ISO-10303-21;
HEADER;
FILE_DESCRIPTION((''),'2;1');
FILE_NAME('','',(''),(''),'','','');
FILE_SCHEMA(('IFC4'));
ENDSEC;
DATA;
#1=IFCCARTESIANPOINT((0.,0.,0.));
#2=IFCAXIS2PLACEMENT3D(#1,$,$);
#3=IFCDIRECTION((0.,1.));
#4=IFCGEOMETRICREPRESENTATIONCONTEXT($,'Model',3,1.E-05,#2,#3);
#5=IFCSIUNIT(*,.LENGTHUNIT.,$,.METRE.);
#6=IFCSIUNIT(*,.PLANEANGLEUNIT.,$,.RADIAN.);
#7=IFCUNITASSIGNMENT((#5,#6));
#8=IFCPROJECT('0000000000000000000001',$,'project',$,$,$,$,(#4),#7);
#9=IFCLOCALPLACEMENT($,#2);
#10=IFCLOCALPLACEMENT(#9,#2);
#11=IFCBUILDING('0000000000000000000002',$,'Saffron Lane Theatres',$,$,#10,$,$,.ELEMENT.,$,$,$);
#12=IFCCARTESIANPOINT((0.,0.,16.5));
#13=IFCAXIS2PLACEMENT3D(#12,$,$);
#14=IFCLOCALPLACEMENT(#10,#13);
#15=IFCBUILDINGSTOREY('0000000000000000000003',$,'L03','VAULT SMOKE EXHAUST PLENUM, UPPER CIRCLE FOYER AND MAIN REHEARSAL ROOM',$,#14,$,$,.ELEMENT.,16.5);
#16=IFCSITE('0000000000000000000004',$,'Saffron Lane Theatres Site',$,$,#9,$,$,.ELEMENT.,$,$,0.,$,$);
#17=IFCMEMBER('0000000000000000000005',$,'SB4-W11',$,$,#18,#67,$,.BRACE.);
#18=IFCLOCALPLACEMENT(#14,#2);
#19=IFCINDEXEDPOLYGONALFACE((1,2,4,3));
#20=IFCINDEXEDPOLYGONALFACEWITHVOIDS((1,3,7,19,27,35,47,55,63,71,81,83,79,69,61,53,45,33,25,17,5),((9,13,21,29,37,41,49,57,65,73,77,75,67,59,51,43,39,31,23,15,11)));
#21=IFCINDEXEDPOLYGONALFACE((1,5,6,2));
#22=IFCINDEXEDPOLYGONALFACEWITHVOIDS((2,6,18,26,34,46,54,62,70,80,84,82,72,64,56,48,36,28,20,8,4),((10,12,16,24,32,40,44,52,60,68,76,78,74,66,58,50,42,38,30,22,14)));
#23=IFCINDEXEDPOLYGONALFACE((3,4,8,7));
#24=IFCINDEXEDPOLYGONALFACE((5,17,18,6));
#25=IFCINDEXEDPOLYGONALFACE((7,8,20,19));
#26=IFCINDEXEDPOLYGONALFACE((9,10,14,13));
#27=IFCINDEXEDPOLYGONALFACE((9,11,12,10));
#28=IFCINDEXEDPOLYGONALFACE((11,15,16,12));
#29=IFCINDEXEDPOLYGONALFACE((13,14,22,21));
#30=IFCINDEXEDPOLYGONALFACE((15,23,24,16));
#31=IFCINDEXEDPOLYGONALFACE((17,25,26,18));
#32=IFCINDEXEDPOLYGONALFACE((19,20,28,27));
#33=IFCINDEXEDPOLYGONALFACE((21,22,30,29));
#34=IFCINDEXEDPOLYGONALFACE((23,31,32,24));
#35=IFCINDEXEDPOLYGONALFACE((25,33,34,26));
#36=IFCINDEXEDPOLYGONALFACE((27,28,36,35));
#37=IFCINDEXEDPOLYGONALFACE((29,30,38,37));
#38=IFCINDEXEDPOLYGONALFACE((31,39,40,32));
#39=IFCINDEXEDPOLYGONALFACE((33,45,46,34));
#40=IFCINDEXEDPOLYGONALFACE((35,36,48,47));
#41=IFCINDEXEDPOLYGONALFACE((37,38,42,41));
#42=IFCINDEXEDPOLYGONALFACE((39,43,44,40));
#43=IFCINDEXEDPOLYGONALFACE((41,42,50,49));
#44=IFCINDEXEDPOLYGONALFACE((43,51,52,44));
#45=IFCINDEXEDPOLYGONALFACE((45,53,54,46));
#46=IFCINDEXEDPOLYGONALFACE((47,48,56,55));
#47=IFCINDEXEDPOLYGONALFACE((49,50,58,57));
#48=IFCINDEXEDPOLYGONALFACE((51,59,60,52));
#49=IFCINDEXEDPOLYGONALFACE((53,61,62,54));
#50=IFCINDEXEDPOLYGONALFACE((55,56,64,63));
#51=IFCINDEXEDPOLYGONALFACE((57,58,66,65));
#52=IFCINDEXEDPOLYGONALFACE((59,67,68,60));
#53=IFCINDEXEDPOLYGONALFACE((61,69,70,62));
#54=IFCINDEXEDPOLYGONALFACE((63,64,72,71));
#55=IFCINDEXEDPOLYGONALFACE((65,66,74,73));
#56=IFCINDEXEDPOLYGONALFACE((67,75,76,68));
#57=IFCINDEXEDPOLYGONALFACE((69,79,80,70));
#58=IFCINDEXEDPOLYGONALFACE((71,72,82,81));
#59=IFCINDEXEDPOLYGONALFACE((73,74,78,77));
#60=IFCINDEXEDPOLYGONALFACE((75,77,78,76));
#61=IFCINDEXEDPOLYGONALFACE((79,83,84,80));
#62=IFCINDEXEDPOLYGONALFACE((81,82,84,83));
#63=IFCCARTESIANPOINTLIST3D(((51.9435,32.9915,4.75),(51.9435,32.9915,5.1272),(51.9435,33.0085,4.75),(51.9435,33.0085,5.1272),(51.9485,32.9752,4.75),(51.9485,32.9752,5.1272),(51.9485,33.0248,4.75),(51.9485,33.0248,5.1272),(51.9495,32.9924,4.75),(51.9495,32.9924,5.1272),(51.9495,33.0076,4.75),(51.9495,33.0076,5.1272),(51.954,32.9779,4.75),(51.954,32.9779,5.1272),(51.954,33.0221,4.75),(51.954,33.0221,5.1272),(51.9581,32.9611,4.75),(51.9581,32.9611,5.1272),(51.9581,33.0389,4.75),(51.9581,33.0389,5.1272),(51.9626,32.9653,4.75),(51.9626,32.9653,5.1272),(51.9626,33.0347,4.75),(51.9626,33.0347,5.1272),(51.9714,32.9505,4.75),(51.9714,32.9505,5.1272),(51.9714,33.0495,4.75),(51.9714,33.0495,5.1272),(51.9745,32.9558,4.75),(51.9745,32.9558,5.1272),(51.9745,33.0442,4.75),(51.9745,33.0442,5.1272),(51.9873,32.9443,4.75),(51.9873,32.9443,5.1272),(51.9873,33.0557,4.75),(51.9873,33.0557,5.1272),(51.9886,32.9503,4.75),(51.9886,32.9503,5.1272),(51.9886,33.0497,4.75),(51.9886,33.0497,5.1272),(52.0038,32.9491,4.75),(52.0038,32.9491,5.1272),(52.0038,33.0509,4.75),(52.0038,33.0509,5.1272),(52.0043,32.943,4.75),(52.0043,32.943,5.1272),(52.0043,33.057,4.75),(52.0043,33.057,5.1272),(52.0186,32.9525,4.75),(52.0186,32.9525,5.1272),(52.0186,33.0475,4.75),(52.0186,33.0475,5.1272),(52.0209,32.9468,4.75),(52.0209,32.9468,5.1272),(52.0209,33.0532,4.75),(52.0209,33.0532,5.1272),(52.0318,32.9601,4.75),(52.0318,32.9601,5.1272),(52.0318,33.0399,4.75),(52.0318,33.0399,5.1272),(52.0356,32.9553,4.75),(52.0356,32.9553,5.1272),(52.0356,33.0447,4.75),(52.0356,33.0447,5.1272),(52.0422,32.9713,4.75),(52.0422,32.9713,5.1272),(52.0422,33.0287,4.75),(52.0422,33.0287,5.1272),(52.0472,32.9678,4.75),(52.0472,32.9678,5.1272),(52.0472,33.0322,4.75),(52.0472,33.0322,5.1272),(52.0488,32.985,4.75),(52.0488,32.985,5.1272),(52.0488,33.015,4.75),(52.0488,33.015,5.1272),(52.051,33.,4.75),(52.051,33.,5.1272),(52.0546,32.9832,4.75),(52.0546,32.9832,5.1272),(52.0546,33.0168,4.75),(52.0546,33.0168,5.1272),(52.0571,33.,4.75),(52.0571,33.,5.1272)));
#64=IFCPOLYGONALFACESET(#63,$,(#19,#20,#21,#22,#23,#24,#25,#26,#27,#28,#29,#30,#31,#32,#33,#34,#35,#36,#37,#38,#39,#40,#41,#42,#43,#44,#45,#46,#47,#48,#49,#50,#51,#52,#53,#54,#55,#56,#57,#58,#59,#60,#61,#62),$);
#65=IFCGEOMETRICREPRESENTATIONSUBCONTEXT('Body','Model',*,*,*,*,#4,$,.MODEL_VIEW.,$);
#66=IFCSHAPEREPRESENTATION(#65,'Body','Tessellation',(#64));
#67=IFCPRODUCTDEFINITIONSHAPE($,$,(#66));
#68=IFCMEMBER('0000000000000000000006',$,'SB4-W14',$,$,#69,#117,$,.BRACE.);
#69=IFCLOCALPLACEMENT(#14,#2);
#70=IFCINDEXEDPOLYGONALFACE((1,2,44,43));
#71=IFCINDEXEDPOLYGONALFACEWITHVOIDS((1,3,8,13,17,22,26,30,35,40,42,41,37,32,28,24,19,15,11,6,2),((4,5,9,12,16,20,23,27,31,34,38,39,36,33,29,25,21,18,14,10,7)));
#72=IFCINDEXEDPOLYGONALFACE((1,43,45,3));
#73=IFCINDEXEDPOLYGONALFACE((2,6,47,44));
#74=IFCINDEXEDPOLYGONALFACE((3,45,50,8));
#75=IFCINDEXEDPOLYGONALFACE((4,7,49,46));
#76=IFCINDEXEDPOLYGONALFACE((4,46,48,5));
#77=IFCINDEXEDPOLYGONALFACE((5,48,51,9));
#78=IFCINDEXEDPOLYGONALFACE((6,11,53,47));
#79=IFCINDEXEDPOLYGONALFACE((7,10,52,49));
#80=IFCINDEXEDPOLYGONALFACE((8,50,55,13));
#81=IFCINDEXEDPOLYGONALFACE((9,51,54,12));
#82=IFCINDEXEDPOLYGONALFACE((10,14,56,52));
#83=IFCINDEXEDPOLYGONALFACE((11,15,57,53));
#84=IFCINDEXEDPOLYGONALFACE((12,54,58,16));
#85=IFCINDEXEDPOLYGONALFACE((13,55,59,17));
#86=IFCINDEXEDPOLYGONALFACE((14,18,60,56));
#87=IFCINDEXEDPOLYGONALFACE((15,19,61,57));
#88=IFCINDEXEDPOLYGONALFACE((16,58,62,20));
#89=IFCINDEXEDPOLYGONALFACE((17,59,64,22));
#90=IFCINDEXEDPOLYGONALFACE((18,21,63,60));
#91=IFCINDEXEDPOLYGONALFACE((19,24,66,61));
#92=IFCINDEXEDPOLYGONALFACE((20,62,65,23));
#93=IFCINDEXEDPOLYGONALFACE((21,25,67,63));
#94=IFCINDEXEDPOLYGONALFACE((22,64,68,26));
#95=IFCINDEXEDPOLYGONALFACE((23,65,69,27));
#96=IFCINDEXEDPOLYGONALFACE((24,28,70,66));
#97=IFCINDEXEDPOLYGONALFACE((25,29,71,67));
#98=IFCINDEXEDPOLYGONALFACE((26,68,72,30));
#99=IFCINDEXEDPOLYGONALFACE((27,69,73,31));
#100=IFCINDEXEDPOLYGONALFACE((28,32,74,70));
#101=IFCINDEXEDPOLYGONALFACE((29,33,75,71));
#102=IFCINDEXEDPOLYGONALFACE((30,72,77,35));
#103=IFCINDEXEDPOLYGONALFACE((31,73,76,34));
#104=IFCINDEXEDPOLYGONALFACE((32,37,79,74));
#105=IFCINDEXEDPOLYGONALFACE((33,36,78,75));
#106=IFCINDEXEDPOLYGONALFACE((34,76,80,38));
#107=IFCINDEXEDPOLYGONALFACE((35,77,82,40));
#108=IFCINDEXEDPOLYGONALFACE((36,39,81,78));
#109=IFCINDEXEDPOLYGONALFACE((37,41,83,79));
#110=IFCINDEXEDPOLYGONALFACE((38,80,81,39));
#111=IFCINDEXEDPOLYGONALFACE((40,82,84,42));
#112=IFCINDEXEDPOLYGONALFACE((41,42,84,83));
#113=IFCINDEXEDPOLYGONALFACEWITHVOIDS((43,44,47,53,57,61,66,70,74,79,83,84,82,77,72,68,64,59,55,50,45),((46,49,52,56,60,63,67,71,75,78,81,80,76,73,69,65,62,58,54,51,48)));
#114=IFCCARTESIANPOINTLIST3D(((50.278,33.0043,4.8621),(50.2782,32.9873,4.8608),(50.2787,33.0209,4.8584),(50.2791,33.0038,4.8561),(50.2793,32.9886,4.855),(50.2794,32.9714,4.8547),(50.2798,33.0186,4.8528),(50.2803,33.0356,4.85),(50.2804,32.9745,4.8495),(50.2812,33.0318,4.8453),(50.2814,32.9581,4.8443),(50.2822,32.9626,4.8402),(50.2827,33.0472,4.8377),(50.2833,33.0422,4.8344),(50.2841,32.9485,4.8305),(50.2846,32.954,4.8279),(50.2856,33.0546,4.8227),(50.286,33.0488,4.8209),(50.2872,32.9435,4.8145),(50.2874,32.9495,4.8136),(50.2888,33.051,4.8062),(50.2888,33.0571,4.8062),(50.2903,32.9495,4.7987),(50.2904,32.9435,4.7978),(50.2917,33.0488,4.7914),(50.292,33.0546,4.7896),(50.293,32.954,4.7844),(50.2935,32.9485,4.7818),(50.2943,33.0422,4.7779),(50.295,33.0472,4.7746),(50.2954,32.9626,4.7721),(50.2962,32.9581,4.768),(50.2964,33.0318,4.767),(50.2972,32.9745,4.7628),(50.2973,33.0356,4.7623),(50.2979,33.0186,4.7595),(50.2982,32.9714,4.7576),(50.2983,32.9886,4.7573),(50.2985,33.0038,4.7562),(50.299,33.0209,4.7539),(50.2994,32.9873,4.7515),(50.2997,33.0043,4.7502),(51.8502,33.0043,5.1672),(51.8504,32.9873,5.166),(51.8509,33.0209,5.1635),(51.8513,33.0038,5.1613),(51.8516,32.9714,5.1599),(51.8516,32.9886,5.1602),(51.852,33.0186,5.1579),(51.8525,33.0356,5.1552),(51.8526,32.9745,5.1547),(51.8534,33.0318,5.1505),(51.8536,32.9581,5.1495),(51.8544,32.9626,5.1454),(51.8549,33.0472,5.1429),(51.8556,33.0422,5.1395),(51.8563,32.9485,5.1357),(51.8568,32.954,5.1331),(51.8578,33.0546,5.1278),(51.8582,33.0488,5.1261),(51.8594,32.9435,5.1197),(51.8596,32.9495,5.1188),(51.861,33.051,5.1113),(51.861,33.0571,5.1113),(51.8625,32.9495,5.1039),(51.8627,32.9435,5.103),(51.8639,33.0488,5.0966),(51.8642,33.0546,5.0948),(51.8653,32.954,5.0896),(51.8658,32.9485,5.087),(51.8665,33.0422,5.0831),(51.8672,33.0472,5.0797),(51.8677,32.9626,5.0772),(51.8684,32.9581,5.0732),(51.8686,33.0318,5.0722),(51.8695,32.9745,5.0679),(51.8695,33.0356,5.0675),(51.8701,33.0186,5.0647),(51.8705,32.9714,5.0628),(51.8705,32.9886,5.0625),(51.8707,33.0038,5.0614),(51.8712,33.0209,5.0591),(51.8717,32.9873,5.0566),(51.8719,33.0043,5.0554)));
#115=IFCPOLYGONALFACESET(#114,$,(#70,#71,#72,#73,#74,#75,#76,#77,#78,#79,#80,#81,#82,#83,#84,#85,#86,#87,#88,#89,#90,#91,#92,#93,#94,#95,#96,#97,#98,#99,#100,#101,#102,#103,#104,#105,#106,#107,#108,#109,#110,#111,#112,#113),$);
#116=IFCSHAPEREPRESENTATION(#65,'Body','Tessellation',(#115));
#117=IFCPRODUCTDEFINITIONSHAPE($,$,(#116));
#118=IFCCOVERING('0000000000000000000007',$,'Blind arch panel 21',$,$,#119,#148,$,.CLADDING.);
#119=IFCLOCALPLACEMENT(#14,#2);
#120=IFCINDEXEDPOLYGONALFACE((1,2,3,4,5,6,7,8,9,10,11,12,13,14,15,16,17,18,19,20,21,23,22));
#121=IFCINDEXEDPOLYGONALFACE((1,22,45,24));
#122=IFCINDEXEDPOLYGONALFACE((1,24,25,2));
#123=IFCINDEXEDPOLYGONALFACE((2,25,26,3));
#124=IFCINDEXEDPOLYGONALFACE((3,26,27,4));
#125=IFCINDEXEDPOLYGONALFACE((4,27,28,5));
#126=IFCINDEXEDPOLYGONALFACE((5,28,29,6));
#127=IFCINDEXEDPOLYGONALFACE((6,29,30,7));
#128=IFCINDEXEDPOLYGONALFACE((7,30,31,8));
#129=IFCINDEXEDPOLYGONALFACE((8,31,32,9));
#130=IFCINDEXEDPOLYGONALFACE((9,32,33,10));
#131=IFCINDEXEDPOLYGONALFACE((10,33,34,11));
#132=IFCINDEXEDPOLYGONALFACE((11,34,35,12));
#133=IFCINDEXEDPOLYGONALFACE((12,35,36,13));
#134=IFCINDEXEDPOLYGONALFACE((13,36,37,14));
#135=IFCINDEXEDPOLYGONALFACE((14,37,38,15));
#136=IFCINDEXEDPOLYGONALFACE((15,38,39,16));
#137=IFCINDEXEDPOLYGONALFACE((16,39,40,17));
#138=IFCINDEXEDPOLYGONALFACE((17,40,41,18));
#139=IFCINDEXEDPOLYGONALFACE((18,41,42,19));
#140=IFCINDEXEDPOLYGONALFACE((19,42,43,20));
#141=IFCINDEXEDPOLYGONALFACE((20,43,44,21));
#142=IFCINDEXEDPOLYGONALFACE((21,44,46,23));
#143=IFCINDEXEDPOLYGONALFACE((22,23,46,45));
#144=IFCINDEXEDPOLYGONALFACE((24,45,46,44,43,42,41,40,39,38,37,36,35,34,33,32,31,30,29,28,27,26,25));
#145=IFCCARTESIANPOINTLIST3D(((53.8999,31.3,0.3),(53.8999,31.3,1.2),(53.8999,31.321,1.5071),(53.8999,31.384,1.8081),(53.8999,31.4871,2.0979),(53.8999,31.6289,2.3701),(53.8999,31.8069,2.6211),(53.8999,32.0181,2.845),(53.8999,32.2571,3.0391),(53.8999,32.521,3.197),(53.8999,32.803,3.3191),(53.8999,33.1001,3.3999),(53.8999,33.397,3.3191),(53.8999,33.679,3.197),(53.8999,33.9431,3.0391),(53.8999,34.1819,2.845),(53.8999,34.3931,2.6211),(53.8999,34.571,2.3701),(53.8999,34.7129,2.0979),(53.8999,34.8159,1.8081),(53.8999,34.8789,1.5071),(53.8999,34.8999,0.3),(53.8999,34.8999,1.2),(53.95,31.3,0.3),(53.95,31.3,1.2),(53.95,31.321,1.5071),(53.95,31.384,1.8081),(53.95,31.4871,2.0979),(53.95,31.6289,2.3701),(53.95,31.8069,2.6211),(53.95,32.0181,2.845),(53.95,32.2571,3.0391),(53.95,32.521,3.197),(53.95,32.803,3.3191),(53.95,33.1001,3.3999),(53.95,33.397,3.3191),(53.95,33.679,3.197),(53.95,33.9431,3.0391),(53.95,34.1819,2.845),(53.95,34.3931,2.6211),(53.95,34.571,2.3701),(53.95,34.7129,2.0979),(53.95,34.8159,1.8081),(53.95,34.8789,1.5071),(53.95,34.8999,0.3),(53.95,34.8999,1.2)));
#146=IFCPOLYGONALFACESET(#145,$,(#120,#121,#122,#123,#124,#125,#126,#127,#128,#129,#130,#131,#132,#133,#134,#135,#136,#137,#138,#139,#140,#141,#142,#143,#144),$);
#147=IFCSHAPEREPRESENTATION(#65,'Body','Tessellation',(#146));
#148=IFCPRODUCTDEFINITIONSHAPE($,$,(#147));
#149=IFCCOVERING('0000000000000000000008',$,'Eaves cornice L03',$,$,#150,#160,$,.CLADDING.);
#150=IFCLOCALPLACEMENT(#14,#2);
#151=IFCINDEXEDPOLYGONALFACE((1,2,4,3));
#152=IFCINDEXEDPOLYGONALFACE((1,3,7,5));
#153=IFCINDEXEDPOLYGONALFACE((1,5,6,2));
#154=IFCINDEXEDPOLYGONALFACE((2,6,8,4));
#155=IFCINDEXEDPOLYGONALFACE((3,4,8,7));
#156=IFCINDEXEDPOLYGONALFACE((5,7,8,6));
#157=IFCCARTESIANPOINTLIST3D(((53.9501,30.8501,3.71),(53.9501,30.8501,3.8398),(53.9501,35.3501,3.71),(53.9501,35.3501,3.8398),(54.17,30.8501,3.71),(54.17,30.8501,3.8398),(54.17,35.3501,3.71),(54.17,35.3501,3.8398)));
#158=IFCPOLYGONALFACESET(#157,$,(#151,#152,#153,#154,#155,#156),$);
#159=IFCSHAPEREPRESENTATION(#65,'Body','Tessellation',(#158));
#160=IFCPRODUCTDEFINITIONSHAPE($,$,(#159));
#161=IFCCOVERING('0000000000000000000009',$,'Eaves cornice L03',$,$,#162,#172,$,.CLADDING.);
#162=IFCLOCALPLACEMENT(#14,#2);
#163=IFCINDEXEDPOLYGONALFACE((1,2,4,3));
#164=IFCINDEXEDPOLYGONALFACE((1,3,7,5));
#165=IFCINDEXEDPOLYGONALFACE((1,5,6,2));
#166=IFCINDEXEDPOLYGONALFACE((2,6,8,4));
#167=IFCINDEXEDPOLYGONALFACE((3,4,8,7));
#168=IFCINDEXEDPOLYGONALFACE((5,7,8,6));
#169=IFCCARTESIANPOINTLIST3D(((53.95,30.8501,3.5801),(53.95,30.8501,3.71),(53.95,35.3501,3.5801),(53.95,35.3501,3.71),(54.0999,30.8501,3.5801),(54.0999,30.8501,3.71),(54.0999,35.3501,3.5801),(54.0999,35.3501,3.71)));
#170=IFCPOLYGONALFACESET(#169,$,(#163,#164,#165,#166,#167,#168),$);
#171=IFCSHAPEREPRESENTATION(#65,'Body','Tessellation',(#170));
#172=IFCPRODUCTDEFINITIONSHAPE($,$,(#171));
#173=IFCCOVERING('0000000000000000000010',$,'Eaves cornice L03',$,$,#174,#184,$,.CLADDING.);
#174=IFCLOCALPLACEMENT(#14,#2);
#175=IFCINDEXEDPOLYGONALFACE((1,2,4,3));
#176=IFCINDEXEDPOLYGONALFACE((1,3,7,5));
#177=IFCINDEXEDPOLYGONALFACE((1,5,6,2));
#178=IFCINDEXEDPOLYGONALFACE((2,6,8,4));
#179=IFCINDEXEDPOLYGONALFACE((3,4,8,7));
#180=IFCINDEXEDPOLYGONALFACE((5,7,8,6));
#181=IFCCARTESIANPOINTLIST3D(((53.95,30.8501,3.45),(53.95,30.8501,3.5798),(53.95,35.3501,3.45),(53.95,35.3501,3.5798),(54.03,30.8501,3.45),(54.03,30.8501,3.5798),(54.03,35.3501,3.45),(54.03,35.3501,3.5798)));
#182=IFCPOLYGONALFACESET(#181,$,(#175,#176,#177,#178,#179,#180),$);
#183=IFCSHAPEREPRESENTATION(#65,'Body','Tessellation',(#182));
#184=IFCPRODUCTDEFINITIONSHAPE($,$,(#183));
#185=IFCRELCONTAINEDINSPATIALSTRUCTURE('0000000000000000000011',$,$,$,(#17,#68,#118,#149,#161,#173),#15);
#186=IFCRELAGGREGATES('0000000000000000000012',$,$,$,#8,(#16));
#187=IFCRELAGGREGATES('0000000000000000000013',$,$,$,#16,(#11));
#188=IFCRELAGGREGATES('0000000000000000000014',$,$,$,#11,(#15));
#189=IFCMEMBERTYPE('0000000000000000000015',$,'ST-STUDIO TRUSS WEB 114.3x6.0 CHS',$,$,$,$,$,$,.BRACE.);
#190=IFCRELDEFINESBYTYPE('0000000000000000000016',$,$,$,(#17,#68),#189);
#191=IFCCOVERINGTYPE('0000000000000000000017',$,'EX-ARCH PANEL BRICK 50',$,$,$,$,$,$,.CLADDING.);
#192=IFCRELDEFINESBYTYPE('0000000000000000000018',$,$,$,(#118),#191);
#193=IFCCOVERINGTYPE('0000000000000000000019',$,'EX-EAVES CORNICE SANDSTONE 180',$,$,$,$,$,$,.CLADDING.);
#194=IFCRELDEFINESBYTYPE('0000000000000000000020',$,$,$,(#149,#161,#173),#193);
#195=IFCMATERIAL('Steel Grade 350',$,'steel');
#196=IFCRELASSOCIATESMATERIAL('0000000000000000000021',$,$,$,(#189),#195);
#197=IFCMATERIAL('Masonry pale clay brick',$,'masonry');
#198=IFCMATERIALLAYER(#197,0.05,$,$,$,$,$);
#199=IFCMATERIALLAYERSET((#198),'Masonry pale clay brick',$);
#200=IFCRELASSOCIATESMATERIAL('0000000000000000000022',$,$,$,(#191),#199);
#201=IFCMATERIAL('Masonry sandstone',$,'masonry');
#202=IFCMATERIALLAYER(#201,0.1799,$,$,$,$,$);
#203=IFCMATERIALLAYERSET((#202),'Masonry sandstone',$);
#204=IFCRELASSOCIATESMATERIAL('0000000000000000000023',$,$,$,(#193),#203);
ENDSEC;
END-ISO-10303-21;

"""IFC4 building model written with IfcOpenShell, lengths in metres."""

from ifc_helpers import new_model, si_unit, direction, frame, origin, origin_2d, place, context, subcontext, project, spatial, polyline, rectangle, hollow_circle, outline, extrude, material, layer, layer_set, material_profile, profile_set, type_object, element, save


model = new_model("IFC4")

# Units and contexts
model_context = context("Model", 3, precision=1e-05, world=origin(), true_north=direction((0.0, 1.0)))
body_context = subcontext(model_context, "Body", "Model", "MODEL_VIEW")
ifc_project = project(units=[si_unit("LENGTHUNIT", "METRE"), si_unit("PLANEANGLEUNIT", "RADIAN")], contexts=[model_context])

# Site, building, storey
site_placement = place(None, origin())
site = spatial("IfcSite", under=ifc_project, at=site_placement, Name="Saffron Lane Theatres Site", CompositionType="ELEMENT", RefElevation=0.0)
building_placement = place(site_placement, origin())
building = spatial("IfcBuilding", under=site, at=building_placement, Name="Saffron Lane Theatres", CompositionType="ELEMENT")
storey_placement = place(building_placement, frame((0.0, 0.0, 16.5)))
storey = spatial("IfcBuildingStorey", under=building, at=storey_placement, Name="L03", Description="VAULT SMOKE EXHAUST PLENUM, UPPER CIRCLE FOYER AND MAIN REHEARSAL ROOM", CompositionType="ELEMENT", Elevation=16.5)

# Members
ifc_material_1 = material(Name="Steel Grade 350", Category="steel")
ifc_material_profile_1 = material_profile(ifc_material_1, hollow_circle(Radius=0.0571, WallThickness=0.0061, at=origin_2d()))
ifc_profile_set_1 = profile_set([ifc_material_profile_1], Name="Steel Grade 350")
member_type_1 = type_object("IfcMemberType", Name="ST-STUDIO TRUSS WEB 114.3x6.0 CHS", PredefinedType="BRACE", material=ifc_profile_set_1)
for number, where, z_axis, x_axis, name in (
    (1, (52.0, 33.0, 4.75), (0.0, 0.0, 1.0), (1.0, 0.0, 0.0), "SB4-W11"),
):
    element("IfcMember", number, at=place(storey_placement, frame(where, z_axis=z_axis, x_axis=x_axis)), inside=storey, type_object=member_type_1, Name=name, PredefinedType="BRACE", context=body_context, shape_type="SweptSolid", body=[
        extrude(hollow_circle(Radius=0.0571, WallThickness=0.0061, at=origin_2d()), origin(), (0.0, 0.0, 1.0), 0.3772),
    ])
member_1_placement = place(storey_placement, frame((50.2888, 33.0, 4.8062), z_axis=(0.981679, 0.0, 0.190543), x_axis=(0.0, 1.0, 0.0)))
element("IfcMember", 2, at=member_1_placement, inside=storey, type_object=member_type_1, Name="SB4-W14", PredefinedType="BRACE", context=body_context, shape_type="SweptSolid", body=[
    extrude(hollow_circle(Radius=0.0571, WallThickness=0.0061, at=origin_2d()), origin(), (0.0, 0.0, 1.0), 1.6016),
])

# Coverings
ifc_material_2 = material(Name="Masonry pale clay brick", Category="masonry")
ifc_layer_1 = layer(ifc_material_2, 0.05)
ifc_layer_set_1 = layer_set([ifc_layer_1], Name="Masonry pale clay brick")
covering_type_1 = type_object("IfcCoveringType", Name="EX-ARCH PANEL BRICK 50", PredefinedType="CLADDING", material=ifc_layer_set_1)
covering_1_placement = place(storey_placement, frame((53.8999, 34.8999, 1.2), z_axis=(-1.0, 0.0, 0.0), x_axis=(0.0, 0.0, -1.0)))
element("IfcCovering", 3, at=covering_1_placement, inside=storey, type_object=covering_type_1, Name="Blind arch panel 21", PredefinedType="CLADDING", context=body_context, shape_type="SweptSolid", body=[
    extrude(outline(polyline([(0.0, 0.0), (0.8999, 0.0), (0.8999, 3.5999), (0.0, 3.5999), (-0.3071, 3.5789), (-0.6082, 3.5159), (-0.8979, 3.4128), (-1.1702, 3.271), (-1.4211, 3.093), (-1.645, 2.8818), (-1.8391, 2.6428), (-1.9971, 2.3789), (-2.1191, 2.0969), (-2.2, 1.7998), (-2.1191, 1.5029), (-1.9971, 1.2209), (-1.8391, 0.9568), (-1.645, 0.718), (-1.4211, 0.5068), (-1.1702, 0.3289), (-0.8979, 0.187), (-0.6082, 0.084), (-0.3071, 0.021), (0.0, 0.0)])), origin(), (0.0, 0.0, -1.0), 0.05),
])
ifc_material_3 = material(Name="Masonry sandstone", Category="masonry")
ifc_layer_2 = layer(ifc_material_3, 0.1799)
ifc_layer_set_2 = layer_set([ifc_layer_2], Name="Masonry sandstone")
covering_type_2 = type_object("IfcCoveringType", Name="EX-EAVES CORNICE SANDSTONE 180", PredefinedType="CLADDING", material=ifc_layer_set_2)
covering_2_placement = place(storey_placement, frame((54.0601, 33.1001, 3.71), z_axis=(0.0, 0.0, 1.0), x_axis=(0.0, -1.0, 0.0)))
element("IfcCovering", 4, at=covering_2_placement, inside=storey, type_object=covering_type_2, Name="Eaves cornice L03", PredefinedType="CLADDING", context=body_context, shape_type="SweptSolid", body=[
    extrude(rectangle(XDim=4.5, YDim=0.22, at=origin_2d()), origin(), (0.0, 0.0, 1.0), 0.1299),
])
covering_3_placement = place(storey_placement, frame((54.0249, 33.1001, 3.5801), z_axis=(0.0, 0.0, 1.0), x_axis=(0.0, -1.0, 0.0)))
element("IfcCovering", 5, at=covering_3_placement, inside=storey, type_object=covering_type_2, Name="Eaves cornice L03", PredefinedType="CLADDING", context=body_context, shape_type="SweptSolid", body=[
    extrude(rectangle(XDim=4.5, YDim=0.1499, at=origin_2d()), origin(), (0.0, 0.0, 1.0), 0.1299),
])
covering_4_placement = place(storey_placement, frame((53.99, 33.1001, 3.45), z_axis=(0.0, 0.0, 1.0), x_axis=(0.0, -1.0, 0.0)))
element("IfcCovering", 6, at=covering_4_placement, inside=storey, type_object=covering_type_2, Name="Eaves cornice L03", PredefinedType="CLADDING", context=body_context, shape_type="SweptSolid", body=[
    extrude(rectangle(XDim=4.5, YDim=0.0801, at=origin_2d()), origin(), (0.0, 0.0, 1.0), 0.1299),
])

save(model, "model.ifc")
